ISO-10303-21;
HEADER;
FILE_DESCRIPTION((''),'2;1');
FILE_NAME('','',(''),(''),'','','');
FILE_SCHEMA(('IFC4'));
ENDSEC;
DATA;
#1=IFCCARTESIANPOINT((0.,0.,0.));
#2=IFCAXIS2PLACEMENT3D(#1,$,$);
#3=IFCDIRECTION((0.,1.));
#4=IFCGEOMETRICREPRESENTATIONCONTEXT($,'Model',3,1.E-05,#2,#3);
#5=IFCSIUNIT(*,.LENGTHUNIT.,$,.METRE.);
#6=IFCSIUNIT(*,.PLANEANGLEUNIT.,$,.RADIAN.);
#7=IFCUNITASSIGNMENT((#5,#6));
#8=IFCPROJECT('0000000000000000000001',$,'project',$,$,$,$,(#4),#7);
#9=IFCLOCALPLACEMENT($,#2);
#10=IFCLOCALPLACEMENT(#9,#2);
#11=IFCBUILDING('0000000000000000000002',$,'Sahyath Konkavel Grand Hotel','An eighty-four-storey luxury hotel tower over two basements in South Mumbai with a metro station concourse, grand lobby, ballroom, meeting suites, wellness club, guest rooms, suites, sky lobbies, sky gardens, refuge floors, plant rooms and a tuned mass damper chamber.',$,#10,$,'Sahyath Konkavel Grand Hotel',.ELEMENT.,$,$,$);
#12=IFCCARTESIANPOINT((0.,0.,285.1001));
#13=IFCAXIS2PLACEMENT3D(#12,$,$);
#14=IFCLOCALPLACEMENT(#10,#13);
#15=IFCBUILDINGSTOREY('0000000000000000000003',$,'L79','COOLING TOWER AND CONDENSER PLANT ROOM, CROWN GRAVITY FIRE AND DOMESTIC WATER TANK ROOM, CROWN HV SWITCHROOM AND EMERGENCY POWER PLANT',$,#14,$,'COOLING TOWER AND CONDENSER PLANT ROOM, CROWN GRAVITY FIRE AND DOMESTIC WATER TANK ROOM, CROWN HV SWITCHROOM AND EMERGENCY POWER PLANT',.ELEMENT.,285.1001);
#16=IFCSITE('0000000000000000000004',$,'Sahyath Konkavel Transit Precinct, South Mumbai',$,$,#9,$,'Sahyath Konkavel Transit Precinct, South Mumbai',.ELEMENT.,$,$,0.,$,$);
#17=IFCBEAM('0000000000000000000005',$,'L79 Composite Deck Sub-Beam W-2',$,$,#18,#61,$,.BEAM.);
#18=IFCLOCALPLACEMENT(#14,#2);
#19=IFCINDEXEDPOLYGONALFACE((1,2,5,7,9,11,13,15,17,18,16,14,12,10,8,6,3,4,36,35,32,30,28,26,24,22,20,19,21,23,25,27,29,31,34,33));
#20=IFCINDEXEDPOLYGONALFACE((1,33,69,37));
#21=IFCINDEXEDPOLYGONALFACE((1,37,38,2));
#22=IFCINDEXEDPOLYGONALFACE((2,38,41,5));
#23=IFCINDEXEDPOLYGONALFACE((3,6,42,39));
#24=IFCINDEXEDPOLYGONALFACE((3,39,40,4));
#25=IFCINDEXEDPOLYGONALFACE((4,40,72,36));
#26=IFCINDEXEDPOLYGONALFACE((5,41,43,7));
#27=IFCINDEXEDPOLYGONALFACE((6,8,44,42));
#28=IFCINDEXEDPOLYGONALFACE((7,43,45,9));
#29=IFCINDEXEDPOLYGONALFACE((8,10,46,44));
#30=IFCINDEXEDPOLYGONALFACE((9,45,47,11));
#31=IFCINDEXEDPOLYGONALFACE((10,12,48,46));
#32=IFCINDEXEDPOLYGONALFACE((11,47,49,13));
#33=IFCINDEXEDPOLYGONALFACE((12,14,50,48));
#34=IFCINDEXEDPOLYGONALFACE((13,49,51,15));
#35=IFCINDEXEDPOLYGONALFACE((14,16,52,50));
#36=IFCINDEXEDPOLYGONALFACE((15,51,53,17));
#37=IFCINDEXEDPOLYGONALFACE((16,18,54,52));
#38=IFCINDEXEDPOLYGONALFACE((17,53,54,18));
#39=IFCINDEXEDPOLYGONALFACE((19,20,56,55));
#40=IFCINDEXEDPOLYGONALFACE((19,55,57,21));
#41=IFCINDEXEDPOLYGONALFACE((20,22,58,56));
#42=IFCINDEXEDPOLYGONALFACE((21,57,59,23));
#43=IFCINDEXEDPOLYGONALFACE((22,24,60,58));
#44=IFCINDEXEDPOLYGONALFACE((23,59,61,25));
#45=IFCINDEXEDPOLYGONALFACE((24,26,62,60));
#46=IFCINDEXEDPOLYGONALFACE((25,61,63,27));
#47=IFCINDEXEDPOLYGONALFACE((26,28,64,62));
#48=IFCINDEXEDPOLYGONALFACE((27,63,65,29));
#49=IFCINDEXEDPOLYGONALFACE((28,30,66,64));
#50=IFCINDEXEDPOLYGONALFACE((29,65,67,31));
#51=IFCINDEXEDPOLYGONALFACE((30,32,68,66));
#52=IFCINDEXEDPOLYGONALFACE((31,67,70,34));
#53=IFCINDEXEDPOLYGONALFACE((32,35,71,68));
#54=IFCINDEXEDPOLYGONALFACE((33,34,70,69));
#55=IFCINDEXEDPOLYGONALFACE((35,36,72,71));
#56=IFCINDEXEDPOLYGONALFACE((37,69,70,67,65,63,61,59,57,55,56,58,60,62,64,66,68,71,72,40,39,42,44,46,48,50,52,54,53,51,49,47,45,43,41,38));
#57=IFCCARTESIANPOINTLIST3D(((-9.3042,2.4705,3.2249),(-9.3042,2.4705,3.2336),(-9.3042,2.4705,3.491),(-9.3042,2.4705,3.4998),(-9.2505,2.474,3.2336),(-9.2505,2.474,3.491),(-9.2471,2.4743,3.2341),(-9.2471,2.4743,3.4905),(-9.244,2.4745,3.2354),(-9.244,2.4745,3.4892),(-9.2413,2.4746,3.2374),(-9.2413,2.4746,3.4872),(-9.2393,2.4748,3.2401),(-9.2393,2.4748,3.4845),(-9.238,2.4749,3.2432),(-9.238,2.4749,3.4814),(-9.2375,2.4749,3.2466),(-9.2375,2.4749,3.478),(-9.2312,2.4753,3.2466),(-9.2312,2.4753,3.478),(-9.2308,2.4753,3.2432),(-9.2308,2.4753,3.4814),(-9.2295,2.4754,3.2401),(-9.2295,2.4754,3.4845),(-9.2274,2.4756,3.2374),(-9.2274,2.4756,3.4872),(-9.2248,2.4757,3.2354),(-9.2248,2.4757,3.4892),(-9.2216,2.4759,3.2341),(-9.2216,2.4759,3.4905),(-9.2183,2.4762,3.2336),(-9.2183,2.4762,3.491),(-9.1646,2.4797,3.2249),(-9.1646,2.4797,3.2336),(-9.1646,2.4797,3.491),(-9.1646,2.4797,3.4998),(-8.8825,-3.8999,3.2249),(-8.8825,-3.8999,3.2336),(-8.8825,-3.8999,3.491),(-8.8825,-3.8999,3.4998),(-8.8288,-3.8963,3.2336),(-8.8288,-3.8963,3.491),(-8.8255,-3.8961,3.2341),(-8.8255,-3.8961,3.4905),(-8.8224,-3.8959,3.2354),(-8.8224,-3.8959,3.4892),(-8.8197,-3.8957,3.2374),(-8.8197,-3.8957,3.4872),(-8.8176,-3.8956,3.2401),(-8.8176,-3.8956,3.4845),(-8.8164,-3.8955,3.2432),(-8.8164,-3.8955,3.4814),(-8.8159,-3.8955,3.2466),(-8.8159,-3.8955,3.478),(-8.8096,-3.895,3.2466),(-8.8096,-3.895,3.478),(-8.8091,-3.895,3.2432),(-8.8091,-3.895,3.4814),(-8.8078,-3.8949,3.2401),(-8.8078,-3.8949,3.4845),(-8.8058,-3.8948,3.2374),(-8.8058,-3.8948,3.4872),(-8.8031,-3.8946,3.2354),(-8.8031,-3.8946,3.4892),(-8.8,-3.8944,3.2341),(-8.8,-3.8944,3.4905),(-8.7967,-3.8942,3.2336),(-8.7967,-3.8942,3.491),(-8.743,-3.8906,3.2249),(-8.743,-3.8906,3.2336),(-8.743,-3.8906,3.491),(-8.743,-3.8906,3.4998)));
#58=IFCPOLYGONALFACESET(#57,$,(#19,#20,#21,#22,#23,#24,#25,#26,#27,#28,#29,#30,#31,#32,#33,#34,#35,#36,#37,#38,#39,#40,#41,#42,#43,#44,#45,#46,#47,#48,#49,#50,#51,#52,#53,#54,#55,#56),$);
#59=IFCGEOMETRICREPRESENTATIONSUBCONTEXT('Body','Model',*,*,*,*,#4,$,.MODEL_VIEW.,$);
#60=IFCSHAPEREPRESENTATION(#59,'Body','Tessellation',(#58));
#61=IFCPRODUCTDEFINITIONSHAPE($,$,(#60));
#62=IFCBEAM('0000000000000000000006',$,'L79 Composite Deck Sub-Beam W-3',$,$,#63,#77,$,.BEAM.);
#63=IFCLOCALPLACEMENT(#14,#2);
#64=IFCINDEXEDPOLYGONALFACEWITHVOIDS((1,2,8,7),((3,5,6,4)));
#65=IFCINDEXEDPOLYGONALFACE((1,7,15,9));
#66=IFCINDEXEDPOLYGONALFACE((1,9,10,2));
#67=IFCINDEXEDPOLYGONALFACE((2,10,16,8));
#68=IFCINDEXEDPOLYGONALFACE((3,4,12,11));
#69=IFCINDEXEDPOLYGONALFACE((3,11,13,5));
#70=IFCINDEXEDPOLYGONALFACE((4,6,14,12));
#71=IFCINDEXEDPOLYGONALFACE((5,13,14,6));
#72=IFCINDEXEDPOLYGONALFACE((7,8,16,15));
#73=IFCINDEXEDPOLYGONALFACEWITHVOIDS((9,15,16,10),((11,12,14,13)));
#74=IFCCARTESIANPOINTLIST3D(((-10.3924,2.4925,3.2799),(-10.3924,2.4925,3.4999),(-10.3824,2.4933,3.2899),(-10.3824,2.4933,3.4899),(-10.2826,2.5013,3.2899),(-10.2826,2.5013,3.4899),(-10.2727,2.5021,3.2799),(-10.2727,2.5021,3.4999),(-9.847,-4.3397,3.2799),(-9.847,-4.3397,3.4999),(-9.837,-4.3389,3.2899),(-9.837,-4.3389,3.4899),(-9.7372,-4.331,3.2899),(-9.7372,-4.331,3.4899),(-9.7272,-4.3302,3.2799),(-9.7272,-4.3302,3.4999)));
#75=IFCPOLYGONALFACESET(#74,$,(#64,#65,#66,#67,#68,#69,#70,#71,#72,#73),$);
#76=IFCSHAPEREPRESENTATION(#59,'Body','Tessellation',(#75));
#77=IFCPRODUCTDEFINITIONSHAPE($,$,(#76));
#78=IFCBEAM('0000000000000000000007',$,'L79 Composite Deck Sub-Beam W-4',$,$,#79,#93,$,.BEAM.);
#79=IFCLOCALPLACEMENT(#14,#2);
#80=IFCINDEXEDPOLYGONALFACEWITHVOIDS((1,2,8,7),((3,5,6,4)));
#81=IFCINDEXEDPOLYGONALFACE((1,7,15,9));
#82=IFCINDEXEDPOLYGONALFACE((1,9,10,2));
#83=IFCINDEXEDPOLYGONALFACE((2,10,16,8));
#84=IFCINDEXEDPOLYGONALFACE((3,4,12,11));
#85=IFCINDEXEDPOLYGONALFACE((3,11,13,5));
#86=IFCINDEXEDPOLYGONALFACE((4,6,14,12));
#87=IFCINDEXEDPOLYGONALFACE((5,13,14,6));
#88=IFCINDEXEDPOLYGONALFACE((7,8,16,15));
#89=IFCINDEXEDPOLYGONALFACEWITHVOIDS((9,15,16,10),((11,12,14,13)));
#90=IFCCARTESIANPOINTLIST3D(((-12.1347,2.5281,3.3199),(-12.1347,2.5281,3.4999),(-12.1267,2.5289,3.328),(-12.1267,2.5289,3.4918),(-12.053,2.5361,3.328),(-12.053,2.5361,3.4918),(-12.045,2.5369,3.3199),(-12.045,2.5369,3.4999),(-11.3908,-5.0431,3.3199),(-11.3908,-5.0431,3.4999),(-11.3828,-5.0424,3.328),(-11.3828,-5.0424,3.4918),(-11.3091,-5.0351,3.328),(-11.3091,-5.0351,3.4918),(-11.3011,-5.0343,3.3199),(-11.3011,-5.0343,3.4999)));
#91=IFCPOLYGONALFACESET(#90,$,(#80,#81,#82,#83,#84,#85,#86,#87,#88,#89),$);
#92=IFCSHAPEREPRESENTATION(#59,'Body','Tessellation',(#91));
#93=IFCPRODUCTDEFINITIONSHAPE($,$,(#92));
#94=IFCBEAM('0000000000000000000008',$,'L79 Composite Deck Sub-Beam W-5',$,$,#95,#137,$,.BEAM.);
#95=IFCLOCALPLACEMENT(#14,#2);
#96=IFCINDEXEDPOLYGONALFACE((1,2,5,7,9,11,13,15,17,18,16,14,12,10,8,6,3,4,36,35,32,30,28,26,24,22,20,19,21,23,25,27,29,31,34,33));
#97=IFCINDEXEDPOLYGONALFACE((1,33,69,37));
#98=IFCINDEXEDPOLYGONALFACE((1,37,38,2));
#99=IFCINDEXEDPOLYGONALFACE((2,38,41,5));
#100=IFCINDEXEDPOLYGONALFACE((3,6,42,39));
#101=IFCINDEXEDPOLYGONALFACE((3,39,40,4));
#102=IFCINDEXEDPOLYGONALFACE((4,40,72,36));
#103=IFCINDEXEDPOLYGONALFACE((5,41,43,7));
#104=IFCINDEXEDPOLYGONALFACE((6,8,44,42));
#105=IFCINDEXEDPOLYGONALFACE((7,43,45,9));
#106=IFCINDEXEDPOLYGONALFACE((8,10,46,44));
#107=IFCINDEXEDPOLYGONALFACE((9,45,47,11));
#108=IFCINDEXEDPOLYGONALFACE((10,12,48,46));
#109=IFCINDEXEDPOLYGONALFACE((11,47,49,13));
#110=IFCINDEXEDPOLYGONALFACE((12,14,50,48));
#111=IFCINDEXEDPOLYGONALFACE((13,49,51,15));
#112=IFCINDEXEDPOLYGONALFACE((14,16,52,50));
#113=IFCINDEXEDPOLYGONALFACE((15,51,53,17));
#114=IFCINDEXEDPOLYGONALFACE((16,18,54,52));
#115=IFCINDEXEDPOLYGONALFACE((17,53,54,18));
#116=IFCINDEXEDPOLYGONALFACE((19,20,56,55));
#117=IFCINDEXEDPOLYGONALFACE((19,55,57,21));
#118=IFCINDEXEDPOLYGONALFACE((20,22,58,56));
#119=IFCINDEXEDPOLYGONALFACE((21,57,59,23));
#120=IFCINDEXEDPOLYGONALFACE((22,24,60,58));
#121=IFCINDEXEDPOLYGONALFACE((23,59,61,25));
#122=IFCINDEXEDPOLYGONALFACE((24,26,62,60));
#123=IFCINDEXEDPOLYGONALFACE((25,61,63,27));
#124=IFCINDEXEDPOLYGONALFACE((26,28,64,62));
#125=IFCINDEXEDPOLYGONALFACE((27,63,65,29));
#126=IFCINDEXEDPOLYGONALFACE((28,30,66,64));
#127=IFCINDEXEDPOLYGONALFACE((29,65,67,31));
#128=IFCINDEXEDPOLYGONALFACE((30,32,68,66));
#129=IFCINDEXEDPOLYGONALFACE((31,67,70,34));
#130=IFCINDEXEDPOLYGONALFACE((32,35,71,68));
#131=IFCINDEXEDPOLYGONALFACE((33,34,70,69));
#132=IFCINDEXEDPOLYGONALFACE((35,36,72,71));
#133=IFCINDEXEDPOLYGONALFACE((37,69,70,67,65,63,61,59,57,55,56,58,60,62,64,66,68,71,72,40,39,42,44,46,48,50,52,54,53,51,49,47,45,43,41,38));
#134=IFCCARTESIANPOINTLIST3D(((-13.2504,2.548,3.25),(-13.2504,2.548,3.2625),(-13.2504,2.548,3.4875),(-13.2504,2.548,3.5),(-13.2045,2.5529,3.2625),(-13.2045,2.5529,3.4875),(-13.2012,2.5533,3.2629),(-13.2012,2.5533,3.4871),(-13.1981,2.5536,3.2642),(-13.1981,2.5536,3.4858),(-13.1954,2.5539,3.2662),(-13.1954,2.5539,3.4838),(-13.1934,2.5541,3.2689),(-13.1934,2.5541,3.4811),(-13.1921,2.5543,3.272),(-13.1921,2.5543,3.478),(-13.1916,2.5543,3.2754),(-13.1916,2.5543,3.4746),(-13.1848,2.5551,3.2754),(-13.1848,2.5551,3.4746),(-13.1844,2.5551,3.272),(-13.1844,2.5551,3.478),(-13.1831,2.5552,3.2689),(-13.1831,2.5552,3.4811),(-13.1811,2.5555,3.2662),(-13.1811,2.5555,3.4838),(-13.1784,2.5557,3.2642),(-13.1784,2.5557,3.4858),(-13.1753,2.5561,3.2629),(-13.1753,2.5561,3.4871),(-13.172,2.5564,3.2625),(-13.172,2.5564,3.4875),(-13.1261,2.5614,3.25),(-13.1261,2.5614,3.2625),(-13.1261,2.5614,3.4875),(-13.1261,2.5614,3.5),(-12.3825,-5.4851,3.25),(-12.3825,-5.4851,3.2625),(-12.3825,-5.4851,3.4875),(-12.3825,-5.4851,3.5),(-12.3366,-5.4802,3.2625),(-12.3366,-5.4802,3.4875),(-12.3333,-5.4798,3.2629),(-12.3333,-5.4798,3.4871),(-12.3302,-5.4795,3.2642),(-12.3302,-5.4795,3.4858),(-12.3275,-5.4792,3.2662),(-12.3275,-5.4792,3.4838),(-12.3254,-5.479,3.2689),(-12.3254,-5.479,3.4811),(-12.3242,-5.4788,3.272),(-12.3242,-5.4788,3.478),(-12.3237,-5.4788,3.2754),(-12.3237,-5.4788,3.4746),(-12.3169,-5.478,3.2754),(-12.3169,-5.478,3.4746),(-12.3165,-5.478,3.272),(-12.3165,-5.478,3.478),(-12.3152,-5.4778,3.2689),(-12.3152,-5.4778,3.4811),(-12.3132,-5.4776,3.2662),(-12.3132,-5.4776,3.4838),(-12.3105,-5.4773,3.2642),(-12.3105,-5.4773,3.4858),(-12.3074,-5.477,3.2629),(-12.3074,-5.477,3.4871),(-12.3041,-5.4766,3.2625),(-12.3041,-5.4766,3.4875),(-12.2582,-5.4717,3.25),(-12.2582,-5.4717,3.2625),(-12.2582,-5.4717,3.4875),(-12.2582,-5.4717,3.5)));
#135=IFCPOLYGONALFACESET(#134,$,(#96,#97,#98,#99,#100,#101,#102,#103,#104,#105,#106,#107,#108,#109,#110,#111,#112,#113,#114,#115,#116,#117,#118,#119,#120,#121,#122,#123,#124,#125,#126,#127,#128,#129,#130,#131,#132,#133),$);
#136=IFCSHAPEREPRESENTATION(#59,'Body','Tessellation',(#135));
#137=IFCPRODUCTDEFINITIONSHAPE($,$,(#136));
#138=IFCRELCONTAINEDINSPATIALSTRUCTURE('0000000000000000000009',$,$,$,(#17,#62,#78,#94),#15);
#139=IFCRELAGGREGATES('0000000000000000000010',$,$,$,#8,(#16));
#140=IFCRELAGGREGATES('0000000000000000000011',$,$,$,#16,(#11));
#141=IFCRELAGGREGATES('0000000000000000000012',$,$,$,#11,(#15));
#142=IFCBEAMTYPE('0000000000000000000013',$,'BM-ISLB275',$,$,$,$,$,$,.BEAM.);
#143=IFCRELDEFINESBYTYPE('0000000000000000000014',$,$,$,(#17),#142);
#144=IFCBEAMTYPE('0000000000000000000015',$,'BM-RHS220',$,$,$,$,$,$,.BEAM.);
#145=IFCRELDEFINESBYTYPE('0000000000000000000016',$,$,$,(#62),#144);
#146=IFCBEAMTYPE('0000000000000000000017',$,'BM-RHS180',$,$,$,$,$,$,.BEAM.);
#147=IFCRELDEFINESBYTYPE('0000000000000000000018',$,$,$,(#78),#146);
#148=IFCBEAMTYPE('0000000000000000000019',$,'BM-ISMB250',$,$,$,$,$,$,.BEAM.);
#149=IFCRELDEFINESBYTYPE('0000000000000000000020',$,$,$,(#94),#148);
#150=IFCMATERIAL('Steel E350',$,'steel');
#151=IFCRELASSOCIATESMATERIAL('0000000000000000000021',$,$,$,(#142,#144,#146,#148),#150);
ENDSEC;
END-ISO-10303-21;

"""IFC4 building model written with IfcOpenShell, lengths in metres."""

from ifc_helpers import new_model, si_unit, direction, frame, origin, origin_2d, place, context, subcontext, project, spatial, hollow_rectangle, i_section, extrude, source, transform, mapped, material, material_profile, profile_set, type_object, element, save


model = new_model("IFC4")

# Units and contexts
model_context = context("Model", 3, precision=1e-05, world=origin(), true_north=direction((0.0, 1.0)))
body_context = subcontext(model_context, "Body", "Model", "MODEL_VIEW")
ifc_project = project(units=[si_unit("LENGTHUNIT", "METRE"), si_unit("PLANEANGLEUNIT", "RADIAN")], contexts=[model_context])

# Site, building, storey
site_placement = place(None, origin())
site = spatial("IfcSite", under=ifc_project, at=site_placement, Name="Sahyath Konkavel Transit Precinct, South Mumbai", LongName="Sahyath Konkavel Transit Precinct, South Mumbai", CompositionType="ELEMENT", RefElevation=0.0)
building_placement = place(site_placement, origin())
building = spatial("IfcBuilding", under=site, at=building_placement, Name="Sahyath Konkavel Grand Hotel", Description="An eighty-four-storey luxury hotel tower over two basements in South Mumbai with a metro station concourse, grand lobby, ballroom, meeting suites, wellness club, guest rooms, suites, sky lobbies, sky gardens, refuge floors, plant rooms and a tuned mass damper chamber.", LongName="Sahyath Konkavel Grand Hotel", CompositionType="ELEMENT")
storey_placement = place(building_placement, frame((0.0, 0.0, 285.1001)))
storey = spatial("IfcBuildingStorey", under=building, at=storey_placement, Name="L79", Description="COOLING TOWER AND CONDENSER PLANT ROOM, CROWN GRAVITY FIRE AND DOMESTIC WATER TANK ROOM, CROWN HV SWITCHROOM AND EMERGENCY POWER PLANT", LongName="COOLING TOWER AND CONDENSER PLANT ROOM, CROWN GRAVITY FIRE AND DOMESTIC WATER TANK ROOM, CROWN HV SWITCHROOM AND EMERGENCY POWER PLANT", CompositionType="ELEMENT", Elevation=285.1001)

# Beams
ifc_material_1 = material(Name="Steel E350", Category="steel")
ifc_material_profile_1 = material_profile(ifc_material_1, i_section(OverallWidth=0.1399, OverallDepth=0.2749, WebThickness=0.0063, FlangeThickness=0.0088, FilletRadius=0.0129, at=origin_2d()), Name="ISLB 275")
ifc_profile_set_1 = profile_set([ifc_material_profile_1], Name="Steel E350")
beam_type_1 = type_object("IfcBeamType", Name="BM-ISLB275", PredefinedType="BEAM", material=ifc_profile_set_1)
shared_shape_1 = source(origin(), body_context, "Body", "SweptSolid", [
    extrude(i_section(OverallWidth=0.1399, OverallDepth=0.2749, WebThickness=0.0063, FlangeThickness=0.0088, FilletRadius=0.0129, at=origin_2d()), origin(), (0.0, 0.0, 1.0), 6.3843),
])
beam_1_placement = place(storey_placement, frame((-9.2344, 2.4751, 3.3623), z_axis=(0.066042, -0.997817, 0.0), x_axis=(0.997817, 0.066042, 0.0)))
element("IfcBeam", 1, at=beam_1_placement, inside=storey, type_object=beam_type_1, Name="L79 Composite Deck Sub-Beam W-2", PredefinedType="BEAM", context=body_context, shape_type="MappedRepresentation", body=[
    mapped(shared_shape_1, transform((0.0, 0.0, 0.0), scale=1.0)),
])
ifc_material_profile_2 = material_profile(ifc_material_1, hollow_rectangle(XDim=0.1201, YDim=0.22, WallThickness=0.01, at=origin_2d()), Name="RHS 220x120x10")
ifc_profile_set_2 = profile_set([ifc_material_profile_2], Name="Steel E350")
beam_type_2 = type_object("IfcBeamType", Name="BM-RHS220", PredefinedType="BEAM", material=ifc_profile_set_2)
shared_shape_2 = source(origin(), body_context, "Body", "SweptSolid", [
    extrude(hollow_rectangle(XDim=0.1201, YDim=0.22, WallThickness=0.01, at=origin_2d()), origin(), (0.0, 0.0, 1.0), 6.854),
])
beam_2_placement = place(storey_placement, frame((-10.3325, 2.4973, 3.3899), z_axis=(0.079575, -0.996829, 0.0), x_axis=(0.996829, 0.079575, 0.0)))
element("IfcBeam", 2, at=beam_2_placement, inside=storey, type_object=beam_type_2, Name="L79 Composite Deck Sub-Beam W-3", PredefinedType="BEAM", context=body_context, shape_type="MappedRepresentation", body=[
    mapped(shared_shape_2, transform((0.0, 0.0, 0.0), scale=1.0)),
])
ifc_material_profile_3 = material_profile(ifc_material_1, hollow_rectangle(XDim=0.0901, YDim=0.1799, WallThickness=0.0081, at=origin_2d()), Name="RHS 180x90x8")
ifc_profile_set_3 = profile_set([ifc_material_profile_3], Name="Steel E350")
beam_type_3 = type_object("IfcBeamType", Name="BM-RHS180", PredefinedType="BEAM", material=ifc_profile_set_3)
shared_shape_3 = source(origin(), body_context, "Body", "SweptSolid", [
    extrude(hollow_rectangle(XDim=0.0901, YDim=0.1799, WallThickness=0.0081, at=origin_2d()), origin(), (0.0, 0.0, 1.0), 7.6077),
])
beam_3_placement = place(storey_placement, frame((-12.0898, 2.5325, 3.4099), z_axis=(0.097781, -0.995208, 0.0), x_axis=(0.995208, 0.097781, 0.0)))
element("IfcBeam", 3, at=beam_3_placement, inside=storey, type_object=beam_type_3, Name="L79 Composite Deck Sub-Beam W-4", PredefinedType="BEAM", context=body_context, shape_type="MappedRepresentation", body=[
    mapped(shared_shape_3, transform((0.0, 0.0, 0.0), scale=1.0)),
])
ifc_material_profile_4 = material_profile(ifc_material_1, i_section(OverallWidth=0.125, OverallDepth=0.25, WebThickness=0.0068, FlangeThickness=0.0125, FilletRadius=0.0129, at=origin_2d()), Name="ISMB 250")
ifc_profile_set_4 = profile_set([ifc_material_profile_4], Name="Steel E350")
beam_type_4 = type_object("IfcBeamType", Name="BM-ISMB250", PredefinedType="BEAM", material=ifc_profile_set_4)
shared_shape_4 = source(origin(), body_context, "Body", "SweptSolid", [
    extrude(i_section(OverallWidth=0.125, OverallDepth=0.25, WebThickness=0.0068, FlangeThickness=0.0125, FilletRadius=0.0129, at=origin_2d()), origin(), (0.0, 0.0, 1.0), 8.0798),
])
beam_4_placement = place(storey_placement, frame((-13.1882, 2.5547, 3.375), z_axis=(0.107416, -0.994214, 0.0), x_axis=(0.994214, 0.107416, 0.0)))
element("IfcBeam", 4, at=beam_4_placement, inside=storey, type_object=beam_type_4, Name="L79 Composite Deck Sub-Beam W-5", PredefinedType="BEAM", context=body_context, shape_type="MappedRepresentation", body=[
    mapped(shared_shape_4, transform((0.0, 0.0, 0.0), scale=1.0)),
])

save(model, "model.ifc")
